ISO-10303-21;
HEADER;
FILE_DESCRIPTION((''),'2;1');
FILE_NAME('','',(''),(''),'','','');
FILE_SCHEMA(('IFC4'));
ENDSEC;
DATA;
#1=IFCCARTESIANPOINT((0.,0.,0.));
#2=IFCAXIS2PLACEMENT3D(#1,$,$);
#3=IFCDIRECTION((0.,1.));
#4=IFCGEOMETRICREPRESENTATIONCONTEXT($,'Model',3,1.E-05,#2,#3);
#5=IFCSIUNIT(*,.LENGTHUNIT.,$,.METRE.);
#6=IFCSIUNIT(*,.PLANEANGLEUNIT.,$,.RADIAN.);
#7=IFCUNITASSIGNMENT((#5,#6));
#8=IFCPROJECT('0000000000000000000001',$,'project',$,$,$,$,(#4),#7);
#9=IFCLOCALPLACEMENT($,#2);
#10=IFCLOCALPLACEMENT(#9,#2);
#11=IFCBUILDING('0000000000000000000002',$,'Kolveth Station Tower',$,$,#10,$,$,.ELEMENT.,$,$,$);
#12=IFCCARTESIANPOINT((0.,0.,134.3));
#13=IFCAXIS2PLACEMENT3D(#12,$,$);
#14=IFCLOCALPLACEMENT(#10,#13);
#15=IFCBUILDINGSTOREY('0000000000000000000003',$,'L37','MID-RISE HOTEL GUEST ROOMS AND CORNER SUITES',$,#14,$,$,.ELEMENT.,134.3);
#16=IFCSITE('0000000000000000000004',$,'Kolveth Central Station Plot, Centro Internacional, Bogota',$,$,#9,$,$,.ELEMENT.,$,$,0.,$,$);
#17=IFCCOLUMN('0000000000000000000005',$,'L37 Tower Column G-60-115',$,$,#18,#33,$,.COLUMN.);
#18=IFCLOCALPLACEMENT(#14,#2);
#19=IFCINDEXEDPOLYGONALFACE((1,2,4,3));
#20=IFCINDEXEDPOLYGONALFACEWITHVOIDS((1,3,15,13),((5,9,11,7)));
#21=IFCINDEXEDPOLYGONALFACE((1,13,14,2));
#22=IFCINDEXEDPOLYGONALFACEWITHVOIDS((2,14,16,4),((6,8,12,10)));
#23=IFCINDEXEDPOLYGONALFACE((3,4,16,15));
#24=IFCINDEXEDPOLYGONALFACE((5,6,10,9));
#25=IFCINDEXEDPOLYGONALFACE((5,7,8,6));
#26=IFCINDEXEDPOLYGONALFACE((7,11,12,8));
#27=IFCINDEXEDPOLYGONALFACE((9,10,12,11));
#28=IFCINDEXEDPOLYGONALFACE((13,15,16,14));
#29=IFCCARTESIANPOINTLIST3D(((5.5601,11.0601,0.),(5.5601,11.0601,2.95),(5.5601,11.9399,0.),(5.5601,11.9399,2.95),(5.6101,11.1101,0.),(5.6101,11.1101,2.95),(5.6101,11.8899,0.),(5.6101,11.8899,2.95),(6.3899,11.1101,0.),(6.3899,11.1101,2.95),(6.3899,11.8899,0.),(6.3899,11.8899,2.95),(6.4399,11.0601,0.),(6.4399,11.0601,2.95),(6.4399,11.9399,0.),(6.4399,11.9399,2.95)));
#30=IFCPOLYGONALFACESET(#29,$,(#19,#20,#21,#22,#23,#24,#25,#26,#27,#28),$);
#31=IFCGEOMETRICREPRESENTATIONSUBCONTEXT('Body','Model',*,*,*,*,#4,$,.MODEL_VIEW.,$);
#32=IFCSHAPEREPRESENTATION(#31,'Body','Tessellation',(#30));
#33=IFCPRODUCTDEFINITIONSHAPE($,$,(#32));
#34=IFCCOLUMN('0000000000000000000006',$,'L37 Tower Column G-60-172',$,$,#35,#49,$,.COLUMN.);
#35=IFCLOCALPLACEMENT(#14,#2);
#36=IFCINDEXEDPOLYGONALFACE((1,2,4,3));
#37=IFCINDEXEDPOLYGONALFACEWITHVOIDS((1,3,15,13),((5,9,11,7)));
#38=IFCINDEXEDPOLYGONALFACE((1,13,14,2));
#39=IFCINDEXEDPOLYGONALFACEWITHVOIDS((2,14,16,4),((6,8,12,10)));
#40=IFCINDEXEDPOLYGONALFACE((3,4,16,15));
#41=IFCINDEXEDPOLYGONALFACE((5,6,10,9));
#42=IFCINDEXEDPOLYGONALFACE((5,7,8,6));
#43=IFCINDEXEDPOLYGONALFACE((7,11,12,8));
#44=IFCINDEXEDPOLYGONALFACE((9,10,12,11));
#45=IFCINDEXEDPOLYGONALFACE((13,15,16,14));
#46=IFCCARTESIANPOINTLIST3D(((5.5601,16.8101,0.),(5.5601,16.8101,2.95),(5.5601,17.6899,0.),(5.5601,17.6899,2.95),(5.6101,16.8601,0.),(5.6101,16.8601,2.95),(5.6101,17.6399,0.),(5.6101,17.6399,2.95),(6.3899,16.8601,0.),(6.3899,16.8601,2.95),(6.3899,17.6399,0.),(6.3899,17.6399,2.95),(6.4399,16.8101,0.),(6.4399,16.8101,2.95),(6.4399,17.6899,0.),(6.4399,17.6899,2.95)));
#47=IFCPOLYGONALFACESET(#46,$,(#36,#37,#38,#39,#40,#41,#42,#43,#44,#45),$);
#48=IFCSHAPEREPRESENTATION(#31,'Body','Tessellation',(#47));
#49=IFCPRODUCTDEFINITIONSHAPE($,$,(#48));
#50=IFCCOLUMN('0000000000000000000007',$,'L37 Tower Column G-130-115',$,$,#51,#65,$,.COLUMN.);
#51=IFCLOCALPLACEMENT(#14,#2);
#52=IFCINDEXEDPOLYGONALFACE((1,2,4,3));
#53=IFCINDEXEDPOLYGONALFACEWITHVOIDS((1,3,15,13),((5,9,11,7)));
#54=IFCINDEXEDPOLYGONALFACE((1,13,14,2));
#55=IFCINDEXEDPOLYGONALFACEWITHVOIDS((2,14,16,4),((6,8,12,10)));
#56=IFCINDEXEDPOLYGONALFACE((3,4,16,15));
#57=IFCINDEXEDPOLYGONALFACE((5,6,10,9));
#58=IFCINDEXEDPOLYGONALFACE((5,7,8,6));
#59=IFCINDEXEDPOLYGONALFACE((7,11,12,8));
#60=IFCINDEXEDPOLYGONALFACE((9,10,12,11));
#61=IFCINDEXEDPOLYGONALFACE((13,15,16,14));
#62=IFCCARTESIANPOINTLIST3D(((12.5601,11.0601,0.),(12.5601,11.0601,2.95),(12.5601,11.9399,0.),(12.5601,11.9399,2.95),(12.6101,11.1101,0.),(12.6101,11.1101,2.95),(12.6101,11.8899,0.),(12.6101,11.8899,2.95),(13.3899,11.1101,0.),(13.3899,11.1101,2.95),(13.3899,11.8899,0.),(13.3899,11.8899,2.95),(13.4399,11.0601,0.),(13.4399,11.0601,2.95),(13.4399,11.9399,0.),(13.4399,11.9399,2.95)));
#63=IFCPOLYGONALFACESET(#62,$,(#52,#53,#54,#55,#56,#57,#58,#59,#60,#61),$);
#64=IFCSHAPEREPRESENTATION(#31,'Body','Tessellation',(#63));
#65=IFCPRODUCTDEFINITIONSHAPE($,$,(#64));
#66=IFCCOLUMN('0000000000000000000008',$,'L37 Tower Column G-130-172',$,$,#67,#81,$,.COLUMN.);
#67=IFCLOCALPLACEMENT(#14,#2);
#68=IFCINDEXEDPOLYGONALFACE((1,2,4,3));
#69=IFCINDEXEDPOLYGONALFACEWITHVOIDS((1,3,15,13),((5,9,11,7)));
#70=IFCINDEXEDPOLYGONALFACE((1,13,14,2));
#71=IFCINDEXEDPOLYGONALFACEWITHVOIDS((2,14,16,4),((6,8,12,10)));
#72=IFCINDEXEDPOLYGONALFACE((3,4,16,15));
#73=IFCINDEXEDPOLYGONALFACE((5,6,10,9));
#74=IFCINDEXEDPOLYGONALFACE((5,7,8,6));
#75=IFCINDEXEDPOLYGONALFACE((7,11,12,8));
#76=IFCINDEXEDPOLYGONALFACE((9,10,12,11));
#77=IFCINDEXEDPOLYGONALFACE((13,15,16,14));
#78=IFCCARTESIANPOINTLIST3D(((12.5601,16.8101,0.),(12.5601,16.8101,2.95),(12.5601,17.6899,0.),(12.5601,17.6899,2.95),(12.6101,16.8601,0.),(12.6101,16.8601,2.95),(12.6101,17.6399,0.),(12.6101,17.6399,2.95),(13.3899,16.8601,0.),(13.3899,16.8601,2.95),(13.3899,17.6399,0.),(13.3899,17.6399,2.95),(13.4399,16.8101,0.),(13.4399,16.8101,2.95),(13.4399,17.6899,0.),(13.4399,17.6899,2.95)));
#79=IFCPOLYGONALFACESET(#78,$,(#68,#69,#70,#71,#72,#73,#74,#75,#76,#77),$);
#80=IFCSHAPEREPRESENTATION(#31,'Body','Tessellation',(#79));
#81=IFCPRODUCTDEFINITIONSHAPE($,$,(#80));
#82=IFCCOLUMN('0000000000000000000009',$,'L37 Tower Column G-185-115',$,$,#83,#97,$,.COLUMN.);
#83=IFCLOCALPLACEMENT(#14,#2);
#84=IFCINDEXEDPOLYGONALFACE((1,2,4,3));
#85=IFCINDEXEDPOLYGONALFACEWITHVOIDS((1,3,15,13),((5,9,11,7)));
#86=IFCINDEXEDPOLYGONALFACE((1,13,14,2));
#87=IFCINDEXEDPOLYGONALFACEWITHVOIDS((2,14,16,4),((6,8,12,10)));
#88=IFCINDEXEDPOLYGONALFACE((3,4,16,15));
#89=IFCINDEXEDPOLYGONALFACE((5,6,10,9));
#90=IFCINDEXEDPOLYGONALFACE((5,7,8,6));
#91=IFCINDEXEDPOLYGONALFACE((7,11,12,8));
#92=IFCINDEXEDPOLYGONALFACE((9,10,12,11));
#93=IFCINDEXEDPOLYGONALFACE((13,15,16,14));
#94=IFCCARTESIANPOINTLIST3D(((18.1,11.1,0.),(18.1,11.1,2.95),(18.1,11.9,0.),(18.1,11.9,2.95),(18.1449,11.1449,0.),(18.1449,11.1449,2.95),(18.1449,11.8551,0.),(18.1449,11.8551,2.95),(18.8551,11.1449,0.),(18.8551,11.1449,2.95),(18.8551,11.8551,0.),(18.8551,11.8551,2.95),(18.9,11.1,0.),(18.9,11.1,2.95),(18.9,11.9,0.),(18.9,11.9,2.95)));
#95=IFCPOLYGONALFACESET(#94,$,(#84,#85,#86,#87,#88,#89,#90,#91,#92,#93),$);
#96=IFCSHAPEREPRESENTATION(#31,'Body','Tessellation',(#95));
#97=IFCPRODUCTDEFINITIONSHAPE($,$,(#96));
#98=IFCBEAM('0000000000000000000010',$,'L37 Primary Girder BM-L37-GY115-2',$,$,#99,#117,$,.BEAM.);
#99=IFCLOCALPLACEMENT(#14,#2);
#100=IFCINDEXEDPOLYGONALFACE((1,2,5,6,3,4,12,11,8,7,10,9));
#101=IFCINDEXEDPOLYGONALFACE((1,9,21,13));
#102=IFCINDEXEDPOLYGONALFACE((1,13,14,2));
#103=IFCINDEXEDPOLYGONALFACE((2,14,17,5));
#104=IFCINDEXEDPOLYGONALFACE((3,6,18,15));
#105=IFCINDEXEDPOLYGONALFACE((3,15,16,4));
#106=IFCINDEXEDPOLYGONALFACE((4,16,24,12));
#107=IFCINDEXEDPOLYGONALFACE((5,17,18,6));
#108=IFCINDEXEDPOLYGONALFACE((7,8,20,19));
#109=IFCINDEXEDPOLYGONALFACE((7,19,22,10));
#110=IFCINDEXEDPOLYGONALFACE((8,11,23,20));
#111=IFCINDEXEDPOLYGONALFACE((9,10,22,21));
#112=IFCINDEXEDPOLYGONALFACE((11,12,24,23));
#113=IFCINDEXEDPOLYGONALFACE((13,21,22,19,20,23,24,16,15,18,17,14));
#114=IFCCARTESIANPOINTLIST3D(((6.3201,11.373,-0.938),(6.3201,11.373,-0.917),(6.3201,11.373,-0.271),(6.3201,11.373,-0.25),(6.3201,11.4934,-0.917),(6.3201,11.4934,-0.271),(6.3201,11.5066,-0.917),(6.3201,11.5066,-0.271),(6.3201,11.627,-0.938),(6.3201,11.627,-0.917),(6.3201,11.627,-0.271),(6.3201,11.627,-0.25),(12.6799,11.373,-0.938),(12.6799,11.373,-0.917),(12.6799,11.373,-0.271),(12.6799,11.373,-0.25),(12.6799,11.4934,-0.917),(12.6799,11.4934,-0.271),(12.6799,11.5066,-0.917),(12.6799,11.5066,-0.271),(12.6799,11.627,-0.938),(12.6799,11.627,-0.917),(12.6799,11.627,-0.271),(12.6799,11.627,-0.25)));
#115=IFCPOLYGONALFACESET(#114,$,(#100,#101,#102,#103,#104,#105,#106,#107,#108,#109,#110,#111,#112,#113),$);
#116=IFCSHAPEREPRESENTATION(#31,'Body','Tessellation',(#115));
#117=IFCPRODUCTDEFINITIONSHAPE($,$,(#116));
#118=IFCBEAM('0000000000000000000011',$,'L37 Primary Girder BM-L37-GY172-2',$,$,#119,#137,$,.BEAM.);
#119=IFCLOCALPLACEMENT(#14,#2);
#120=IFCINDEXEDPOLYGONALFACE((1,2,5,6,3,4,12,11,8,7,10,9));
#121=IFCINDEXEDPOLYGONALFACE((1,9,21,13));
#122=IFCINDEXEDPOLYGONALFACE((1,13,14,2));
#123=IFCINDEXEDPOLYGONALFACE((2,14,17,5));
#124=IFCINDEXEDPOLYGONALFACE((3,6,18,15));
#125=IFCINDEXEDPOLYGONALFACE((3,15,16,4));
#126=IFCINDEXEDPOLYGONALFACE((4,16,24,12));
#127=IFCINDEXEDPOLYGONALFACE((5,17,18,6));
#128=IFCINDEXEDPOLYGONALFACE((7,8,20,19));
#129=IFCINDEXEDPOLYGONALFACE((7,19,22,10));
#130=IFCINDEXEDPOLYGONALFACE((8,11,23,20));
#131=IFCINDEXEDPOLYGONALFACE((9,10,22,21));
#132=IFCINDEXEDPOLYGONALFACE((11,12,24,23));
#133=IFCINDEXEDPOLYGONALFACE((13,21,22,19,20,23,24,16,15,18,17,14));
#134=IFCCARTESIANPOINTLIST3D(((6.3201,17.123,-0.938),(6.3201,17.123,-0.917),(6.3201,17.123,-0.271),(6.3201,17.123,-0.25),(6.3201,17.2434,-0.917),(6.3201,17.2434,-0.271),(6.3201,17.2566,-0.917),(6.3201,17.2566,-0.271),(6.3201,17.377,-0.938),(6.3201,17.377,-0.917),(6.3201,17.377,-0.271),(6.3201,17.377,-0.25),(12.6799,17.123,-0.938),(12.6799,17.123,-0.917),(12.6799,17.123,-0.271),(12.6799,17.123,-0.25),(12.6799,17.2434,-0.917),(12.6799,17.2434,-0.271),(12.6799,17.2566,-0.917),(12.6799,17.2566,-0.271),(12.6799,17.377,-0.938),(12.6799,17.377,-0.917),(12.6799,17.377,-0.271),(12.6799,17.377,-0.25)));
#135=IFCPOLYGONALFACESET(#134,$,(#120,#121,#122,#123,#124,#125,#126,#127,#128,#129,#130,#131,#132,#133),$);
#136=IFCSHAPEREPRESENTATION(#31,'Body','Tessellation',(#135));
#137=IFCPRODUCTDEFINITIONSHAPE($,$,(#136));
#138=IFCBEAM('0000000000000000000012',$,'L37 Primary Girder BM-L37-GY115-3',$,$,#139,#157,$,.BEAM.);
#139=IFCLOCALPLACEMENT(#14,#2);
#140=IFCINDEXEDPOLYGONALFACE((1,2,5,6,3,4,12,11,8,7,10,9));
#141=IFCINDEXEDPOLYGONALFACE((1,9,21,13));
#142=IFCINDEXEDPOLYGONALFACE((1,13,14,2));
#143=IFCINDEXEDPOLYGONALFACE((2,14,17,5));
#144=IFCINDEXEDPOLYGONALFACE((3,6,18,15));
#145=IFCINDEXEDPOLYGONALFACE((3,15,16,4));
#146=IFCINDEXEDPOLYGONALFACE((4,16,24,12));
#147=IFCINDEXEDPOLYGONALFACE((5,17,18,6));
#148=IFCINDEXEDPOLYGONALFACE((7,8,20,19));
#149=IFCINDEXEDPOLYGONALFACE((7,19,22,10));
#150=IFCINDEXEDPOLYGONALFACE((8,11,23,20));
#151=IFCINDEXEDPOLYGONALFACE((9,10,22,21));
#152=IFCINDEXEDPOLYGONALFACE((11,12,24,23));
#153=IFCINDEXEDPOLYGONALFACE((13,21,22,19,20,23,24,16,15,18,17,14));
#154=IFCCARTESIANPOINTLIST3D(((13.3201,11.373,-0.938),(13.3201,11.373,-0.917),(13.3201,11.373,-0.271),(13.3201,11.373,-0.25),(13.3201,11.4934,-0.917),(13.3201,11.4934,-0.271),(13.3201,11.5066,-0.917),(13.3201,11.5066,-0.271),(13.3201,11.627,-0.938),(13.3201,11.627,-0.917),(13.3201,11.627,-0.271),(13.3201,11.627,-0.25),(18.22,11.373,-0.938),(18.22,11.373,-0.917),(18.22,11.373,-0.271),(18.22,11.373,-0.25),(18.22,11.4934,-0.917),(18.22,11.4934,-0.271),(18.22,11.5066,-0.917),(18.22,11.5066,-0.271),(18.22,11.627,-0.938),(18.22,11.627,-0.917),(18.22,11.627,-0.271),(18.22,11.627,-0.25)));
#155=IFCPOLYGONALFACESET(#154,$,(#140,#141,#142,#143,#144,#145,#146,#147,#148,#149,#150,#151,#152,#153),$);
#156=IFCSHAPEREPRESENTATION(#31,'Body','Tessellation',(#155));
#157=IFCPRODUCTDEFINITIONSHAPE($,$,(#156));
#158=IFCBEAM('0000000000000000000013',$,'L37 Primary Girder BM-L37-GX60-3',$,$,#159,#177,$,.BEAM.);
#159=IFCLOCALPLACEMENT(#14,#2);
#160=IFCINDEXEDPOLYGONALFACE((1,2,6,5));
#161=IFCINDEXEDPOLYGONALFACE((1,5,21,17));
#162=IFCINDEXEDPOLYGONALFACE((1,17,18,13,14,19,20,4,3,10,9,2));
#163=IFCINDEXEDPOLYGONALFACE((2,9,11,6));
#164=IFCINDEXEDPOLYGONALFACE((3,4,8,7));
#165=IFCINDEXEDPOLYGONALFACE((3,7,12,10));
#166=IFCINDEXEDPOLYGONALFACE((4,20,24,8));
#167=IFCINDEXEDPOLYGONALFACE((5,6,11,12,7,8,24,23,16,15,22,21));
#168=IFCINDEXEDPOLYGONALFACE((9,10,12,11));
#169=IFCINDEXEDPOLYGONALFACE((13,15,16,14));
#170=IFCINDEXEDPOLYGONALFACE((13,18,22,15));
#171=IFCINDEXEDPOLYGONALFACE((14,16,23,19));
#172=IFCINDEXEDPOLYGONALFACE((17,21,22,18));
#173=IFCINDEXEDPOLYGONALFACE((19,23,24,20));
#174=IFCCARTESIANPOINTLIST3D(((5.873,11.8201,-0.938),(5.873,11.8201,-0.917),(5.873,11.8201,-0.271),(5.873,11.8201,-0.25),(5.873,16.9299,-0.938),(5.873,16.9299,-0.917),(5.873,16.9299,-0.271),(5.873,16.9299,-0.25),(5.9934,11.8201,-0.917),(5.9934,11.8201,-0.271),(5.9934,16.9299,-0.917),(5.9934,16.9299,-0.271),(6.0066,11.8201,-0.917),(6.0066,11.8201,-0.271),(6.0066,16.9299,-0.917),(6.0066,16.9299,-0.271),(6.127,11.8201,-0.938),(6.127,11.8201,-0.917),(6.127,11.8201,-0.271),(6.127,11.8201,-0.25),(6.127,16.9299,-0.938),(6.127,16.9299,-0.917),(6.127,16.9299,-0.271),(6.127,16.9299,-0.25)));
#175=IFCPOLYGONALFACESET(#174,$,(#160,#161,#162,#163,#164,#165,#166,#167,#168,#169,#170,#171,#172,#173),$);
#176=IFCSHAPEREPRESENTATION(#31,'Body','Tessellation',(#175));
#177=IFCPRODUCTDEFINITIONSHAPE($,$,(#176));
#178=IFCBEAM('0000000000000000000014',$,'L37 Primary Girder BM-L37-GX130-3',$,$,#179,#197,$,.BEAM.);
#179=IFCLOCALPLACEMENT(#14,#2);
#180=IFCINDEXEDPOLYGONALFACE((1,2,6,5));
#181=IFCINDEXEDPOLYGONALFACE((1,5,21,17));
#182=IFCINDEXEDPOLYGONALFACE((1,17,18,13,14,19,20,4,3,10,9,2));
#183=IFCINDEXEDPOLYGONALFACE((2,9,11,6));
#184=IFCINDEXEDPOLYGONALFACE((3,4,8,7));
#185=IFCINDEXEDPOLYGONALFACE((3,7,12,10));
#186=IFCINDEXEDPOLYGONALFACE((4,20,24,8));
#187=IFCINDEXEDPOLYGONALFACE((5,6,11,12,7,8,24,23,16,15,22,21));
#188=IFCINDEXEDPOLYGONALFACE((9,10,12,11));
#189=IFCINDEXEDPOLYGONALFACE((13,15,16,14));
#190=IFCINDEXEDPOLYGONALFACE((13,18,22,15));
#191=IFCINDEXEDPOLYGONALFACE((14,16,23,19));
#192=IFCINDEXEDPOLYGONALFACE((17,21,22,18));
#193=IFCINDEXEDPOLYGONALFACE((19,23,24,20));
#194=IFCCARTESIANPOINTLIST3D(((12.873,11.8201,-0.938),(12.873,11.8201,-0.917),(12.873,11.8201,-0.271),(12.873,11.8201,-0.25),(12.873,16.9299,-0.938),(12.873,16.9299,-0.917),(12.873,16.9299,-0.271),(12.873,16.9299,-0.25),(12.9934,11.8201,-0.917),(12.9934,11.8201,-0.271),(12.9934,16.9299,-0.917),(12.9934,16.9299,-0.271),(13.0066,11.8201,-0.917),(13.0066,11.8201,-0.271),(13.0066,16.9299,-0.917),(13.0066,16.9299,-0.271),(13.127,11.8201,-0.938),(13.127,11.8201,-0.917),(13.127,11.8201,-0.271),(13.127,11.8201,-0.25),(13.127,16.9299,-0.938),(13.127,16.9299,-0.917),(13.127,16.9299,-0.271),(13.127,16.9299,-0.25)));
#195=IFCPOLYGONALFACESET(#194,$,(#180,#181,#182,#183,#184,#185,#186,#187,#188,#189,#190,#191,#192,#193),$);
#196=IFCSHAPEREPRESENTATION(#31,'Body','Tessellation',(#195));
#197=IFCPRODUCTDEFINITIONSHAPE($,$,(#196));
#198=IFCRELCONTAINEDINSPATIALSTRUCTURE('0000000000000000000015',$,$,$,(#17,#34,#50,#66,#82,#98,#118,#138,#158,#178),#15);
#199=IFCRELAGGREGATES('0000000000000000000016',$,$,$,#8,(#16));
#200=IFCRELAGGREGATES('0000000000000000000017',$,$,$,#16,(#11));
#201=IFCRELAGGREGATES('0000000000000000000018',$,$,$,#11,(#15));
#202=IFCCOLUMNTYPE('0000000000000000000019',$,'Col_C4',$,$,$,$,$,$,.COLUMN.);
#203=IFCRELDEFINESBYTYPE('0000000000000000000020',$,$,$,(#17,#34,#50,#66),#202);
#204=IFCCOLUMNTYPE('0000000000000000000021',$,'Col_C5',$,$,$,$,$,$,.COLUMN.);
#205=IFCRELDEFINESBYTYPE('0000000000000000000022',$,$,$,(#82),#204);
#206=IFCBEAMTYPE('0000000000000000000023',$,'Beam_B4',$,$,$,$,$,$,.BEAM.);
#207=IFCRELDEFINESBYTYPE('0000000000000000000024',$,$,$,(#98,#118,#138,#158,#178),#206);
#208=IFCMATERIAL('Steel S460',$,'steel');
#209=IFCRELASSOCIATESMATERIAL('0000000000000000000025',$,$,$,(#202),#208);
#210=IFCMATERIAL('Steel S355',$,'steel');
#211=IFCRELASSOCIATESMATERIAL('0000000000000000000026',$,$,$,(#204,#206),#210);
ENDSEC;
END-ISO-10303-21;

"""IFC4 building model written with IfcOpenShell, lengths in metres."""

from ifc_helpers import new_model, si_unit, direction, frame, origin, origin_2d, place, context, subcontext, project, spatial, hollow_rectangle, i_section, extrude, source, transform, mapped, material, material_profile, profile_set, type_object, element, save


model = new_model("IFC4")

# Units and contexts
model_context = context("Model", 3, precision=1e-05, world=origin(), true_north=direction((0.0, 1.0)))
body_context = subcontext(model_context, "Body", "Model", "MODEL_VIEW")
ifc_project = project(units=[si_unit("LENGTHUNIT", "METRE"), si_unit("PLANEANGLEUNIT", "RADIAN")], contexts=[model_context])

# Site, building, storey
site_placement = place(None, origin())
site = spatial("IfcSite", under=ifc_project, at=site_placement, Name="Kolveth Central Station Plot, Centro Internacional, Bogota", CompositionType="ELEMENT", RefElevation=0.0)
building_placement = place(site_placement, origin())
building = spatial("IfcBuilding", under=site, at=building_placement, Name="Kolveth Station Tower", CompositionType="ELEMENT")
storey_placement = place(building_placement, frame((0.0, 0.0, 134.3)))
storey = spatial("IfcBuildingStorey", under=building, at=storey_placement, Name="L37", Description="MID-RISE HOTEL GUEST ROOMS AND CORNER SUITES", CompositionType="ELEMENT", Elevation=134.3)

# Columns
ifc_material_1 = material(Name="Steel S460", Category="steel")
ifc_material_profile_1 = material_profile(ifc_material_1, hollow_rectangle(XDim=0.8799, YDim=0.8799, WallThickness=0.05, at=origin_2d()), Name="BOX880x880x50")
ifc_profile_set_1 = profile_set([ifc_material_profile_1], Name="Steel S460")
column_type_1 = type_object("IfcColumnType", Name="Col_C4", PredefinedType="COLUMN", material=ifc_profile_set_1)
shared_shape_1 = source(origin(), body_context, "Body", "SweptSolid", [
    extrude(hollow_rectangle(XDim=0.8799, YDim=0.8799, WallThickness=0.05, at=origin_2d()), origin(), (0.0, 0.0, 1.0), 2.95),
])
for number, where, z_axis, x_axis, name in (
    (1, (6.0, 11.5, 0.0), (0.0, 0.0, 1.0), (1.0, 0.0, 0.0), "L37 Tower Column G-60-115"),
    (2, (6.0, 17.25, 0.0), (0.0, 0.0, 1.0), (1.0, 0.0, 0.0), "L37 Tower Column G-60-172"),
    (3, (13.0, 11.5, 0.0), (0.0, 0.0, 1.0), (1.0, 0.0, 0.0), "L37 Tower Column G-130-115"),
    (4, (13.0, 17.25, 0.0), (0.0, 0.0, 1.0), (1.0, 0.0, 0.0), "L37 Tower Column G-130-172"),
):
    element("IfcColumn", number, at=place(storey_placement, frame(where, z_axis=z_axis, x_axis=x_axis)), inside=storey, type_object=column_type_1, Name=name, PredefinedType="COLUMN", context=body_context, shape_type="MappedRepresentation", body=[
        mapped(shared_shape_1, transform((0.0, 0.0, 0.0), x_axis=(1.0, 0.0, 0.0), y_axis=(0.0, 1.0, 0.0), z_axis=(0.0, 0.0, 1.0), scale=1.0)),
    ])
ifc_material_2 = material(Name="Steel S355", Category="steel")
ifc_material_profile_2 = material_profile(ifc_material_2, hollow_rectangle(XDim=0.8, YDim=0.8, WallThickness=0.0449, at=origin_2d()), Name="BOX800x800x45")
ifc_profile_set_2 = profile_set([ifc_material_profile_2], Name="Steel S355")
column_type_2 = type_object("IfcColumnType", Name="Col_C5", PredefinedType="COLUMN", material=ifc_profile_set_2)
shared_shape_2 = source(origin(), body_context, "Body", "SweptSolid", [
    extrude(hollow_rectangle(XDim=0.8, YDim=0.8, WallThickness=0.0449, at=origin_2d()), origin(), (0.0, 0.0, 1.0), 2.95),
])
column_placement = place(storey_placement, frame((18.5, 11.5, 0.0), z_axis=(0.0, 0.0, 1.0), x_axis=(1.0, 0.0, 0.0)))
element("IfcColumn", 5, at=column_placement, inside=storey, type_object=column_type_2, Name="L37 Tower Column G-185-115", PredefinedType="COLUMN", context=body_context, shape_type="MappedRepresentation", body=[
    mapped(shared_shape_2, transform((0.0, 0.0, 0.0), x_axis=(1.0, 0.0, 0.0), y_axis=(0.0, 1.0, 0.0), z_axis=(0.0, 0.0, 1.0), scale=1.0)),
])

# Beams
ifc_material_profile_3 = material_profile(ifc_material_2, i_section(OverallWidth=0.2539, OverallDepth=0.688, WebThickness=0.0132, FlangeThickness=0.021, at=origin_2d()), Name="W690x152")
ifc_profile_set_3 = profile_set([ifc_material_profile_3], Name="Steel S355")
beam_type_1 = type_object("IfcBeamType", Name="Beam_B4", PredefinedType="BEAM", material=ifc_profile_set_3)
shared_shape_3 = source(origin(), body_context, "Body", "SweptSolid", [
    extrude(i_section(OverallWidth=0.2539, OverallDepth=0.688, WebThickness=0.0132, FlangeThickness=0.021, at=origin_2d()), origin(), (0.0, 0.0, 1.0), 6.3599),
])
for number, where, z_axis, x_axis, name in (
    (6, (6.3201, 11.5, -0.594), (1.0, 0.0, 0.0), (0.0, 1.0, 0.0), "L37 Primary Girder BM-L37-GY115-2"),
    (7, (6.3201, 17.25, -0.594), (1.0, 0.0, 0.0), (0.0, 1.0, 0.0), "L37 Primary Girder BM-L37-GY172-2"),
):
    element("IfcBeam", number, at=place(storey_placement, frame(where, z_axis=z_axis, x_axis=x_axis)), inside=storey, type_object=beam_type_1, Name=name, PredefinedType="BEAM", context=body_context, shape_type="MappedRepresentation", body=[
        mapped(shared_shape_3, transform((0.0, 0.0, 0.0), x_axis=(1.0, 0.0, 0.0), y_axis=(0.0, 1.0, 0.0), z_axis=(0.0, 0.0, 1.0), scale=1.0)),
    ])
shared_shape_4 = source(origin(), body_context, "Body", "SweptSolid", [
    extrude(i_section(OverallWidth=0.2539, OverallDepth=0.688, WebThickness=0.0132, FlangeThickness=0.021, at=origin_2d()), origin(), (0.0, 0.0, 1.0), 4.8999),
])
beam_1_placement = place(storey_placement, frame((13.3201, 11.5, -0.594), z_axis=(1.0, 0.0, 0.0), x_axis=(0.0, 1.0, 0.0)))
element("IfcBeam", 8, at=beam_1_placement, inside=storey, type_object=beam_type_1, Name="L37 Primary Girder BM-L37-GY115-3", PredefinedType="BEAM", context=body_context, shape_type="MappedRepresentation", body=[
    mapped(shared_shape_4, transform((0.0, 0.0, 0.0), x_axis=(1.0, 0.0, 0.0), y_axis=(0.0, 1.0, 0.0), z_axis=(0.0, 0.0, 1.0), scale=1.0)),
])
shared_shape_5 = source(origin(), body_context, "Body", "SweptSolid", [
    extrude(i_section(OverallWidth=0.2539, OverallDepth=0.688, WebThickness=0.0132, FlangeThickness=0.021, at=origin_2d()), origin(), (0.0, 0.0, 1.0), 5.1099),
])
for number, where, z_axis, x_axis, name in (
    (9, (6.0, 11.8201, -0.594), (0.0, 1.0, 0.0), (-1.0, 0.0, 0.0), "L37 Primary Girder BM-L37-GX60-3"),
    (10, (13.0, 11.8201, -0.594), (0.0, 1.0, 0.0), (-1.0, 0.0, 0.0), "L37 Primary Girder BM-L37-GX130-3"),
):
    element("IfcBeam", number, at=place(storey_placement, frame(where, z_axis=z_axis, x_axis=x_axis)), inside=storey, type_object=beam_type_1, Name=name, PredefinedType="BEAM", context=body_context, shape_type="MappedRepresentation", body=[
        mapped(shared_shape_5, transform((0.0, 0.0, 0.0), x_axis=(1.0, 0.0, 0.0), y_axis=(0.0, 1.0, 0.0), z_axis=(0.0, 0.0, 1.0), scale=1.0)),
    ])

save(model, "model.ifc")
